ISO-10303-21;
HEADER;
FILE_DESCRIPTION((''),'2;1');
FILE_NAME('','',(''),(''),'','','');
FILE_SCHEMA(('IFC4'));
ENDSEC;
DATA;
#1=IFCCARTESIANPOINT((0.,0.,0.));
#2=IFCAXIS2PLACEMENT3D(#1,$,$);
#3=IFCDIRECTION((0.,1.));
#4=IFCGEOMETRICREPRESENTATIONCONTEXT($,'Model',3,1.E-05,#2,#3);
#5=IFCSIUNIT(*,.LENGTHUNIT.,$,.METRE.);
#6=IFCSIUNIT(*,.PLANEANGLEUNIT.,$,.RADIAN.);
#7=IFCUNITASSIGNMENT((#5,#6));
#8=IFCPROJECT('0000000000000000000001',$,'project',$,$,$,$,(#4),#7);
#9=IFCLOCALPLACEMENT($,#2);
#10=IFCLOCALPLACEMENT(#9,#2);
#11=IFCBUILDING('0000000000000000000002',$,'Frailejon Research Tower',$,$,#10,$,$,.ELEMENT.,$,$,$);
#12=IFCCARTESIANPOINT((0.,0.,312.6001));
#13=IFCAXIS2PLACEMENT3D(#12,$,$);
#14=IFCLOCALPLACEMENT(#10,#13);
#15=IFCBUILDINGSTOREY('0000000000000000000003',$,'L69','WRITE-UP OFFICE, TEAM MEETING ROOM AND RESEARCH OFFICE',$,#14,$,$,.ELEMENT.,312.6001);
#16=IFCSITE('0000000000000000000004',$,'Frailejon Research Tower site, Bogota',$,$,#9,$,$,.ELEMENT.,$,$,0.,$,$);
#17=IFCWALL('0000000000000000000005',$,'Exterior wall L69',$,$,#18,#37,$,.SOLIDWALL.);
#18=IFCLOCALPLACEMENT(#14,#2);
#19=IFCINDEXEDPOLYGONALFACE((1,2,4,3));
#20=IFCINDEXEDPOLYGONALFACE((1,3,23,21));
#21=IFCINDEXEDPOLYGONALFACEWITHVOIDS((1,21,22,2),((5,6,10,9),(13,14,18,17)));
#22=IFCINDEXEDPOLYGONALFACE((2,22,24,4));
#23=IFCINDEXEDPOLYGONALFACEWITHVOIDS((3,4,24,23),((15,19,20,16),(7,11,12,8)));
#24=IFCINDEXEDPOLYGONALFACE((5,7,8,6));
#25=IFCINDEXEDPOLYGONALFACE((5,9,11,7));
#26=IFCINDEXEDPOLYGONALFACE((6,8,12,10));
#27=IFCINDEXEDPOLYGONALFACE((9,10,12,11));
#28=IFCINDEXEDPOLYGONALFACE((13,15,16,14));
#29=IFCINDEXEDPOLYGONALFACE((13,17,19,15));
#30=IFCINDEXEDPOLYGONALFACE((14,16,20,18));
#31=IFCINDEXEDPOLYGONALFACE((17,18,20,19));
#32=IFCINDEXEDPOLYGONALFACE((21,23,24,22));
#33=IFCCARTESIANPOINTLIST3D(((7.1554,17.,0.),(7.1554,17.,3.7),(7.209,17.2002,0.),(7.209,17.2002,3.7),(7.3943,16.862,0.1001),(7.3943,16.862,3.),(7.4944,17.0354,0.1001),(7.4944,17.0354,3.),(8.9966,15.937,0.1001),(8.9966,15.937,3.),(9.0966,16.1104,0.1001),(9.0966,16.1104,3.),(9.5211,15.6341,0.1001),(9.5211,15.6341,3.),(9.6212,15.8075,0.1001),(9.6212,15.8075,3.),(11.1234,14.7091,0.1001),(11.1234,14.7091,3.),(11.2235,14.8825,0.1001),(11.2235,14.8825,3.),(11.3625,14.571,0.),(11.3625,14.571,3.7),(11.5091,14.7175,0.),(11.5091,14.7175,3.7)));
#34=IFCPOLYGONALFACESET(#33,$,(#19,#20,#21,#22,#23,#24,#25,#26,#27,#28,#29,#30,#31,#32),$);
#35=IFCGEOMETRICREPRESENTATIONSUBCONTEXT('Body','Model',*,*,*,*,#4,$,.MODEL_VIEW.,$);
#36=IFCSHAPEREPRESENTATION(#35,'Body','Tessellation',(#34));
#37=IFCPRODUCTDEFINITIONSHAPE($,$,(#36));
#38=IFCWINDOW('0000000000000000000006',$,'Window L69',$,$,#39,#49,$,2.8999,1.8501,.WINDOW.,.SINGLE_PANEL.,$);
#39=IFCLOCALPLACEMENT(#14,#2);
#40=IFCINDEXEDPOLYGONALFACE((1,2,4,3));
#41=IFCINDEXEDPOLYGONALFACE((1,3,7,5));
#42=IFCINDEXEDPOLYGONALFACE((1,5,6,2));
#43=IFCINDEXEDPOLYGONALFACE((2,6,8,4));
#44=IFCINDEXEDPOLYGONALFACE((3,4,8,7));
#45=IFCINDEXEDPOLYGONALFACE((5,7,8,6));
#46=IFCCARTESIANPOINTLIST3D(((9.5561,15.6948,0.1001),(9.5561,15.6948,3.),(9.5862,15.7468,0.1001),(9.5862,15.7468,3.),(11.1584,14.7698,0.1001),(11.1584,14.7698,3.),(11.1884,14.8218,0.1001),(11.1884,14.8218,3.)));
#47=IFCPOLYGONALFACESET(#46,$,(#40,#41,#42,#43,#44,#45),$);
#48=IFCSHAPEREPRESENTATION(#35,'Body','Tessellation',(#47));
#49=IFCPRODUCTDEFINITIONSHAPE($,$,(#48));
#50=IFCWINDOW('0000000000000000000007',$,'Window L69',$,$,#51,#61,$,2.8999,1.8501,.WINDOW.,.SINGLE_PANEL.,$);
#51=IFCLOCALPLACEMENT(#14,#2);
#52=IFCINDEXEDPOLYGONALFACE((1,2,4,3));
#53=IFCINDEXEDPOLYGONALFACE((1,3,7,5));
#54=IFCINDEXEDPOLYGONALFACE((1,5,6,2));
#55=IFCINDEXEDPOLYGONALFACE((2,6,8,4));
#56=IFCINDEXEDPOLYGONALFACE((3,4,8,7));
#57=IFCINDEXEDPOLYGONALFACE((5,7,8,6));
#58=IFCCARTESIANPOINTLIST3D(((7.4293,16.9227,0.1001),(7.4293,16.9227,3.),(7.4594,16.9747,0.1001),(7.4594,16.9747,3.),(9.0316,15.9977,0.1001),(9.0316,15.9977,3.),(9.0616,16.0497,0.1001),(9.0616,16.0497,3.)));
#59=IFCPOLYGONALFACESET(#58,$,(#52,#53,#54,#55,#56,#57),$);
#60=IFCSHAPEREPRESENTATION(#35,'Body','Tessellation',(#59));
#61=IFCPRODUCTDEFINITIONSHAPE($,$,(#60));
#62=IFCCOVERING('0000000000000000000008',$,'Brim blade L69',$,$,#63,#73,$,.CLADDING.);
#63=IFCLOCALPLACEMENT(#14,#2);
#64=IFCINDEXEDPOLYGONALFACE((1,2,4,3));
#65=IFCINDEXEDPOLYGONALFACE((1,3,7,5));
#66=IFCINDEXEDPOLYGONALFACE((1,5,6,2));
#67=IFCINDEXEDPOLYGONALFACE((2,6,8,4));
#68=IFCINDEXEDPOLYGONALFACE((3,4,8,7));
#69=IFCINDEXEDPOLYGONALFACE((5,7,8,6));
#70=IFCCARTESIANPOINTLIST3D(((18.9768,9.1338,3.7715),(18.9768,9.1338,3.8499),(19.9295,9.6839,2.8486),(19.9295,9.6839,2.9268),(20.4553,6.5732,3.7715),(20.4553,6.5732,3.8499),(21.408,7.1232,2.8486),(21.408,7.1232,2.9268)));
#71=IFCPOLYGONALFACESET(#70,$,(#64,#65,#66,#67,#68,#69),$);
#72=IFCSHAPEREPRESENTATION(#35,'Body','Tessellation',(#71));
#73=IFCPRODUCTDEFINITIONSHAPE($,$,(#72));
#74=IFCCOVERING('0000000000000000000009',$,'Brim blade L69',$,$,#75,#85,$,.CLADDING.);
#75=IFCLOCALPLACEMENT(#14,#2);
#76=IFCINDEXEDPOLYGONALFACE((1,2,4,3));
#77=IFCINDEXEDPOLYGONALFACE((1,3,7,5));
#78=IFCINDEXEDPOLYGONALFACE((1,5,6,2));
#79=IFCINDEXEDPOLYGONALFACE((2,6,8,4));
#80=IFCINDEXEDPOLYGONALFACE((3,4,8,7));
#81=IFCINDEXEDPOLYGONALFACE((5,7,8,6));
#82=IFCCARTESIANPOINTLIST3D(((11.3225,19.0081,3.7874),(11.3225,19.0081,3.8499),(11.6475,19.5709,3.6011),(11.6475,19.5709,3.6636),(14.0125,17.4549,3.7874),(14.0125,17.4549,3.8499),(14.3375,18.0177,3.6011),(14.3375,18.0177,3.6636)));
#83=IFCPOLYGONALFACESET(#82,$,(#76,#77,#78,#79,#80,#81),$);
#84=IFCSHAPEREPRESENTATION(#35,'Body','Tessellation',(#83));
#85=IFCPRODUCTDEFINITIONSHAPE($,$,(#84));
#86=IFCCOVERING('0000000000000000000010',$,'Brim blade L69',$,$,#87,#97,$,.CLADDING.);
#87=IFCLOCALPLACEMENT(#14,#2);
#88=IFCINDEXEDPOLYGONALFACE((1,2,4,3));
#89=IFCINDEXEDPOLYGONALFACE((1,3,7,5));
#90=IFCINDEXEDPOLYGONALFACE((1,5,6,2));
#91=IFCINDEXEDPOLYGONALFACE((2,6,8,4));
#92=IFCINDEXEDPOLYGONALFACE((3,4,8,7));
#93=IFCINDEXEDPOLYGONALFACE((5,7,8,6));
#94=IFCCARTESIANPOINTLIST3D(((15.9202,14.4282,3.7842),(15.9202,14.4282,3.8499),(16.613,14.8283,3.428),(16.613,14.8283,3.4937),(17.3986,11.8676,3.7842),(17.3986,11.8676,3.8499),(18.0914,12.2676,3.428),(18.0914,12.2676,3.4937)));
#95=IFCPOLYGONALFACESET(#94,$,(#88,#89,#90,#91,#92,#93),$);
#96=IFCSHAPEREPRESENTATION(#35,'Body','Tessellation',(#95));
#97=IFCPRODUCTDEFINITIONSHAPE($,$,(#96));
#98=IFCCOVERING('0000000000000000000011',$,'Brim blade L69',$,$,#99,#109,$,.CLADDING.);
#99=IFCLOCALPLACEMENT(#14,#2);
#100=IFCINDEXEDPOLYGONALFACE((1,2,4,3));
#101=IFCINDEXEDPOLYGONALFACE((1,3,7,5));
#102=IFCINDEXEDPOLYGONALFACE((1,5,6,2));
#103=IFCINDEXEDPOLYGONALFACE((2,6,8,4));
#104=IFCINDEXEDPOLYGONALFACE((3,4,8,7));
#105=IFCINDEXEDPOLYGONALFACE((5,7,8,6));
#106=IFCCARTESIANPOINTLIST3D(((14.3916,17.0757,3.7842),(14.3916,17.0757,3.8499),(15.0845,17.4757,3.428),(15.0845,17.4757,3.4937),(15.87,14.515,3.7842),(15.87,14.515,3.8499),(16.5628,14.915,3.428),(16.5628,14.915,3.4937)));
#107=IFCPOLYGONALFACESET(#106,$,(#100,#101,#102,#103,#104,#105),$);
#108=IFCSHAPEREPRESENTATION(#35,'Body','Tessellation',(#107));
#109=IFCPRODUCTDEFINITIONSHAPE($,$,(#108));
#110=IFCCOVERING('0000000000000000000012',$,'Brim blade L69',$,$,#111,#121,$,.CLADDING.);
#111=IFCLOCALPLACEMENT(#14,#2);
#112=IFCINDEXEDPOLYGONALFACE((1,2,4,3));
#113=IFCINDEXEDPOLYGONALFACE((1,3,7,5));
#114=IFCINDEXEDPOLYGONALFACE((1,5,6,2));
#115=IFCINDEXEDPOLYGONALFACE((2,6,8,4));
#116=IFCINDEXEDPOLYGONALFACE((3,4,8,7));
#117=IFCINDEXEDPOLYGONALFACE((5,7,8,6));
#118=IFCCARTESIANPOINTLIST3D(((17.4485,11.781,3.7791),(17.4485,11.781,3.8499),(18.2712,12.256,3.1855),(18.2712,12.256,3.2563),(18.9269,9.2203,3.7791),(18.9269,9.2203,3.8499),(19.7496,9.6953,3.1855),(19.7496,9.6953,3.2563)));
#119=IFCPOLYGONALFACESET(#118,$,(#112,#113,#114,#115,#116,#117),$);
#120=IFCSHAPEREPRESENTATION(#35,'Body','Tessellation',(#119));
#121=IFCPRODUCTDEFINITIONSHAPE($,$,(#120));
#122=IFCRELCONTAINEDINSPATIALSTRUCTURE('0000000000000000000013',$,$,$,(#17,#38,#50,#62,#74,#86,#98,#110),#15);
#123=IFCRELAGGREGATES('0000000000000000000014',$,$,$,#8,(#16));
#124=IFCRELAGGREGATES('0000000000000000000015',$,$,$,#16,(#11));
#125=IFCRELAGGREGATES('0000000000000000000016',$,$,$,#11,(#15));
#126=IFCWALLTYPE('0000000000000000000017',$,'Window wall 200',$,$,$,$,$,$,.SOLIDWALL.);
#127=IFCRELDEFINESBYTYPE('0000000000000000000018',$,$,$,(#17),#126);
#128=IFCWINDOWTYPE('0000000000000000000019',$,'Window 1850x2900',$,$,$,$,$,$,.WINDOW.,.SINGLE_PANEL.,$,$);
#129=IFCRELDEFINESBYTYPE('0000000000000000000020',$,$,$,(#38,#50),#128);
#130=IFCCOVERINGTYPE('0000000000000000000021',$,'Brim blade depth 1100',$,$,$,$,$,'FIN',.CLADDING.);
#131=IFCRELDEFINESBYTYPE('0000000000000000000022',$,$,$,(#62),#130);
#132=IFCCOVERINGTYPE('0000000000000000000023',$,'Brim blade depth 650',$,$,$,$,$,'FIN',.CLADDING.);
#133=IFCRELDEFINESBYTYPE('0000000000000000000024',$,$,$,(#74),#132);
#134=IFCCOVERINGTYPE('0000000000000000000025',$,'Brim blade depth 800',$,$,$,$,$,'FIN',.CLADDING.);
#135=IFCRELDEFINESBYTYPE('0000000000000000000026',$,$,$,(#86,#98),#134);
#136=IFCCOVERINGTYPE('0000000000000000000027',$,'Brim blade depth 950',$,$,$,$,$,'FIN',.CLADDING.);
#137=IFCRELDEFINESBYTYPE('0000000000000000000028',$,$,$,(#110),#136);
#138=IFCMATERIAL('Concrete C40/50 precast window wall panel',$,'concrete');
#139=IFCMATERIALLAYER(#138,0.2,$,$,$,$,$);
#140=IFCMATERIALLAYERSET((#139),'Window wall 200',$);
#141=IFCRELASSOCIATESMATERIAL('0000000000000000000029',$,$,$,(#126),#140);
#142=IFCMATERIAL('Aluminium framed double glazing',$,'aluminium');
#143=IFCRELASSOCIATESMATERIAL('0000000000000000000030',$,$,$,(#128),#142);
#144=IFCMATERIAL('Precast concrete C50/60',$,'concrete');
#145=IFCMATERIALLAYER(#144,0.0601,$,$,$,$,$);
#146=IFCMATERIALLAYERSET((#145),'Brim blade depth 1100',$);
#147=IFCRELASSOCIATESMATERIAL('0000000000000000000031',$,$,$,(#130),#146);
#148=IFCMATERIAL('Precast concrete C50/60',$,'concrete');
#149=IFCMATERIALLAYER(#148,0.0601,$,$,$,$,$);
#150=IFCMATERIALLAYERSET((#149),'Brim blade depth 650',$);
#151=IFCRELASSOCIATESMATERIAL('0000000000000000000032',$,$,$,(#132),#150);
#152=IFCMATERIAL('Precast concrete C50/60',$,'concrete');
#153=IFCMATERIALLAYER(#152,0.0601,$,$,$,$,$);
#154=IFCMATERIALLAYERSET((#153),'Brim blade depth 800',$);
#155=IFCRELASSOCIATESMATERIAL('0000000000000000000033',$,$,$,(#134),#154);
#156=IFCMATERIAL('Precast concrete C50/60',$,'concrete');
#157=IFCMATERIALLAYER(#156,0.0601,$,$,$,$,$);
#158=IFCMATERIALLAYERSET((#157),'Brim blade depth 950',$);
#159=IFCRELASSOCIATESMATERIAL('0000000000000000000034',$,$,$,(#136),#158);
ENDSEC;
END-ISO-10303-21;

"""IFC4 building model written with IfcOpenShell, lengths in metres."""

from ifc_helpers import new_model, si_unit, direction, frame, frame_2d, origin, place, context, subcontext, project, spatial, polyline, rectangle, outline, extrude, material, layer, layer_set, type_object, element, fill, save


model = new_model("IFC4")

# Units and contexts
model_context = context("Model", 3, precision=1e-05, world=origin(), true_north=direction((0.0, 1.0)))
body_context = subcontext(model_context, "Body", "Model", "MODEL_VIEW")
ifc_project = project(units=[si_unit("LENGTHUNIT", "METRE"), si_unit("PLANEANGLEUNIT", "RADIAN")], contexts=[model_context])

# Site, building, storey
site_placement = place(None, origin())
site = spatial("IfcSite", under=ifc_project, at=site_placement, Name="Frailejon Research Tower site, Bogota", CompositionType="ELEMENT", RefElevation=0.0)
building_placement = place(site_placement, origin())
building = spatial("IfcBuilding", under=site, at=building_placement, Name="Frailejon Research Tower", CompositionType="ELEMENT")
storey_placement = place(building_placement, frame((0.0, 0.0, 312.6001)))
storey = spatial("IfcBuildingStorey", under=building, at=storey_placement, Name="L69", Description="WRITE-UP OFFICE, TEAM MEETING ROOM AND RESEARCH OFFICE", CompositionType="ELEMENT", Elevation=312.6001)

# Wall, openings, windows
ifc_material_1 = material(Name="Concrete C40/50 precast window wall panel", Category="concrete")
ifc_layer_1 = layer(ifc_material_1, 0.2)
ifc_layer_set_1 = layer_set([ifc_layer_1], Name="Window wall 200")
wall_type = type_object("IfcWallType", Name="Window wall 200", PredefinedType="SOLIDWALL", material=ifc_layer_set_1)
wall_placement = place(storey_placement, frame((11.4358, 14.6443, 0.0), z_axis=(0.0, 0.0, 1.0), x_axis=(-0.866029, 0.499994, 0.0)))
wall = element("IfcWall", 1, at=wall_placement, inside=storey, type_object=wall_type, Name="Exterior wall L69", PredefinedType="SOLIDWALL", context=body_context, shape_type="SweptSolid", body=[
    extrude(outline(polyline([(-0.0269, -0.1001), (1.2144, -0.1001), (2.4558, -0.1001), (3.6973, -0.1001), (4.9385, -0.1001), (4.8848, 0.1001), (3.6704, 0.1001), (2.4558, 0.1001), (1.2412, 0.1001), (0.0269, 0.1001), (-0.0269, -0.1001)])), origin(), (0.0, 0.0, 1.0), 3.7),
])
opening_1_placement = place(wall_placement, frame((0.303, 0.0, 0.1001)))
opening_1 = element("IfcOpeningElement", 2, at=opening_1_placement, cuts=wall, PredefinedType="OPENING", context=body_context, shape_type="SweptSolid", body=[
    extrude(rectangle(XDim=1.8501, YDim=2.8999, at=frame_2d((0.925, 1.45))), frame((0.0, 0.1099, 0.0), z_axis=(0.0, -1.0, 0.0), x_axis=(1.0, 0.0, 0.0)), (0.0, 0.0, 1.0), 0.22),
])
opening_2_placement = place(wall_placement, frame((2.7588, 0.0, 0.1001)))
opening_2 = element("IfcOpeningElement", 3, at=opening_2_placement, cuts=wall, PredefinedType="OPENING", context=body_context, shape_type="SweptSolid", body=[
    extrude(rectangle(XDim=1.8501, YDim=2.8999, at=frame_2d((0.925, 1.45))), frame((0.0, 0.1099, 0.0), z_axis=(0.0, -1.0, 0.0), x_axis=(1.0, 0.0, 0.0)), (0.0, 0.0, 1.0), 0.22),
])
ifc_material_2 = material(Name="Aluminium framed double glazing", Category="aluminium")
window_type = type_object("IfcWindowType", Name="Window 1850x2900", PartitioningType="SINGLE_PANEL", PredefinedType="WINDOW", material=ifc_material_2)
window_1_placement = place(opening_1_placement, origin())
window_1 = element("IfcWindow", 4, at=window_1_placement, inside=storey, type_object=window_type, Name="Window L69", OverallHeight=2.8999, OverallWidth=1.8501, PartitioningType="SINGLE_PANEL", PredefinedType="WINDOW", context=body_context, shape_type="SweptSolid", body=[
    extrude(rectangle(XDim=1.8501, YDim=2.8999, at=frame_2d((0.925, 1.45))), frame((0.0, 0.03, 0.0), z_axis=(0.0, -1.0, 0.0), x_axis=(1.0, 0.0, 0.0)), (0.0, 0.0, 1.0), 0.0601),
])
fill(opening_1, window_1)
window_2_placement = place(opening_2_placement, origin())
window_2 = element("IfcWindow", 5, at=window_2_placement, inside=storey, type_object=window_type, Name="Window L69", OverallHeight=2.8999, OverallWidth=1.8501, PartitioningType="SINGLE_PANEL", PredefinedType="WINDOW", context=body_context, shape_type="SweptSolid", body=[
    extrude(rectangle(XDim=1.8501, YDim=2.8999, at=frame_2d((0.925, 1.45))), frame((0.0, 0.03, 0.0), z_axis=(0.0, -1.0, 0.0), x_axis=(1.0, 0.0, 0.0)), (0.0, 0.0, 1.0), 0.0601),
])
fill(opening_2, window_2)

# Coverings
ifc_material_3 = material(Name="Precast concrete C50/60", Category="concrete")
ifc_layer_2 = layer(ifc_material_3, 0.0601)
ifc_layer_set_2 = layer_set([ifc_layer_2], Name="Brim blade depth 1100")
covering_type_1 = type_object("IfcCoveringType", Name="Brim blade depth 1100", ElementType="FIN", PredefinedType="CLADDING", material=ifc_layer_set_2)
covering_1_placement = place(storey_placement, frame((18.9768, 9.1338, 3.8499), z_axis=(0.50002, -0.866014, 0.0), x_axis=(0.866014, 0.50002, 0.0)))
element("IfcCovering", 6, at=covering_1_placement, inside=storey, type_object=covering_type_1, Name="Brim blade L69", PredefinedType="CLADDING", context=body_context, shape_type="SweptSolid", body=[
    extrude(outline(polyline([(0.0, -0.0784), (1.1001, -1.0012), (1.1001, -0.9231), (0.0, 0.0), (0.0, -0.0784)])), origin(), (0.0, 0.0, 1.0), 2.9568),
])
ifc_material_4 = material(Name="Precast concrete C50/60", Category="concrete")
ifc_layer_3 = layer(ifc_material_4, 0.0601)
ifc_layer_set_3 = layer_set([ifc_layer_3], Name="Brim blade depth 650")
covering_type_2 = type_object("IfcCoveringType", Name="Brim blade depth 650", ElementType="FIN", PredefinedType="CLADDING", material=ifc_layer_set_3)
covering_2_placement = place(storey_placement, frame((11.3225, 19.0081, 3.8499), z_axis=(0.866014, -0.50002, 0.0), x_axis=(0.50002, 0.866014, 0.0)))
element("IfcCovering", 7, at=covering_2_placement, inside=storey, type_object=covering_type_2, Name="Brim blade L69", PredefinedType="CLADDING", context=body_context, shape_type="SweptSolid", body=[
    extrude(outline(polyline([(0.0, -0.0625), (0.6499, -0.2488), (0.6499, -0.1863), (0.0, 0.0), (0.0, -0.0625)])), origin(), (0.0, 0.0, 1.0), 3.1062),
])
ifc_material_5 = material(Name="Precast concrete C50/60", Category="concrete")
ifc_layer_4 = layer(ifc_material_5, 0.0601)
ifc_layer_set_4 = layer_set([ifc_layer_4], Name="Brim blade depth 800")
covering_type_3 = type_object("IfcCoveringType", Name="Brim blade depth 800", ElementType="FIN", PredefinedType="CLADDING", material=ifc_layer_set_4)
for number, where, z_axis, x_axis, name in (
    (8, (15.9202, 14.4282, 3.8499), (0.500009, -0.86602, 0.0), (0.86602, 0.500009, 0.0), "Brim blade L69"),
    (9, (14.3916, 17.0757, 3.8499), (0.499995, -0.866028, 0.0), (0.866028, 0.499995, 0.0), "Brim blade L69"),
):
    element("IfcCovering", number, at=place(storey_placement, frame(where, z_axis=z_axis, x_axis=x_axis)), inside=storey, type_object=covering_type_3, Name=name, PredefinedType="CLADDING", context=body_context, shape_type="SweptSolid", body=[
        extrude(outline(polyline([(0.0, -0.0657), (0.8, -0.4219), (0.8, -0.3562), (0.0, 0.0), (0.0, -0.0657)])), origin(), (0.0, 0.0, 1.0), 2.9568),
    ])
ifc_material_6 = material(Name="Precast concrete C50/60", Category="concrete")
ifc_layer_5 = layer(ifc_material_6, 0.0601)
ifc_layer_set_5 = layer_set([ifc_layer_5], Name="Brim blade depth 950")
covering_type_4 = type_object("IfcCoveringType", Name="Brim blade depth 950", ElementType="FIN", PredefinedType="CLADDING", material=ifc_layer_set_5)
covering_3_placement = place(storey_placement, frame((17.4485, 11.781, 3.8499), z_axis=(0.499995, -0.866028, 0.0), x_axis=(0.866028, 0.499995, 0.0)))
element("IfcCovering", 10, at=covering_3_placement, inside=storey, type_object=covering_type_4, Name="Brim blade L69", PredefinedType="CLADDING", context=body_context, shape_type="SweptSolid", body=[
    extrude(outline(polyline([(0.0, -0.0708), (0.95, -0.6643), (0.95, -0.5935), (0.0, 0.0), (0.0, -0.0708)])), origin(), (0.0, 0.0, 1.0), 2.9568),
])

save(model, "model.ifc")
